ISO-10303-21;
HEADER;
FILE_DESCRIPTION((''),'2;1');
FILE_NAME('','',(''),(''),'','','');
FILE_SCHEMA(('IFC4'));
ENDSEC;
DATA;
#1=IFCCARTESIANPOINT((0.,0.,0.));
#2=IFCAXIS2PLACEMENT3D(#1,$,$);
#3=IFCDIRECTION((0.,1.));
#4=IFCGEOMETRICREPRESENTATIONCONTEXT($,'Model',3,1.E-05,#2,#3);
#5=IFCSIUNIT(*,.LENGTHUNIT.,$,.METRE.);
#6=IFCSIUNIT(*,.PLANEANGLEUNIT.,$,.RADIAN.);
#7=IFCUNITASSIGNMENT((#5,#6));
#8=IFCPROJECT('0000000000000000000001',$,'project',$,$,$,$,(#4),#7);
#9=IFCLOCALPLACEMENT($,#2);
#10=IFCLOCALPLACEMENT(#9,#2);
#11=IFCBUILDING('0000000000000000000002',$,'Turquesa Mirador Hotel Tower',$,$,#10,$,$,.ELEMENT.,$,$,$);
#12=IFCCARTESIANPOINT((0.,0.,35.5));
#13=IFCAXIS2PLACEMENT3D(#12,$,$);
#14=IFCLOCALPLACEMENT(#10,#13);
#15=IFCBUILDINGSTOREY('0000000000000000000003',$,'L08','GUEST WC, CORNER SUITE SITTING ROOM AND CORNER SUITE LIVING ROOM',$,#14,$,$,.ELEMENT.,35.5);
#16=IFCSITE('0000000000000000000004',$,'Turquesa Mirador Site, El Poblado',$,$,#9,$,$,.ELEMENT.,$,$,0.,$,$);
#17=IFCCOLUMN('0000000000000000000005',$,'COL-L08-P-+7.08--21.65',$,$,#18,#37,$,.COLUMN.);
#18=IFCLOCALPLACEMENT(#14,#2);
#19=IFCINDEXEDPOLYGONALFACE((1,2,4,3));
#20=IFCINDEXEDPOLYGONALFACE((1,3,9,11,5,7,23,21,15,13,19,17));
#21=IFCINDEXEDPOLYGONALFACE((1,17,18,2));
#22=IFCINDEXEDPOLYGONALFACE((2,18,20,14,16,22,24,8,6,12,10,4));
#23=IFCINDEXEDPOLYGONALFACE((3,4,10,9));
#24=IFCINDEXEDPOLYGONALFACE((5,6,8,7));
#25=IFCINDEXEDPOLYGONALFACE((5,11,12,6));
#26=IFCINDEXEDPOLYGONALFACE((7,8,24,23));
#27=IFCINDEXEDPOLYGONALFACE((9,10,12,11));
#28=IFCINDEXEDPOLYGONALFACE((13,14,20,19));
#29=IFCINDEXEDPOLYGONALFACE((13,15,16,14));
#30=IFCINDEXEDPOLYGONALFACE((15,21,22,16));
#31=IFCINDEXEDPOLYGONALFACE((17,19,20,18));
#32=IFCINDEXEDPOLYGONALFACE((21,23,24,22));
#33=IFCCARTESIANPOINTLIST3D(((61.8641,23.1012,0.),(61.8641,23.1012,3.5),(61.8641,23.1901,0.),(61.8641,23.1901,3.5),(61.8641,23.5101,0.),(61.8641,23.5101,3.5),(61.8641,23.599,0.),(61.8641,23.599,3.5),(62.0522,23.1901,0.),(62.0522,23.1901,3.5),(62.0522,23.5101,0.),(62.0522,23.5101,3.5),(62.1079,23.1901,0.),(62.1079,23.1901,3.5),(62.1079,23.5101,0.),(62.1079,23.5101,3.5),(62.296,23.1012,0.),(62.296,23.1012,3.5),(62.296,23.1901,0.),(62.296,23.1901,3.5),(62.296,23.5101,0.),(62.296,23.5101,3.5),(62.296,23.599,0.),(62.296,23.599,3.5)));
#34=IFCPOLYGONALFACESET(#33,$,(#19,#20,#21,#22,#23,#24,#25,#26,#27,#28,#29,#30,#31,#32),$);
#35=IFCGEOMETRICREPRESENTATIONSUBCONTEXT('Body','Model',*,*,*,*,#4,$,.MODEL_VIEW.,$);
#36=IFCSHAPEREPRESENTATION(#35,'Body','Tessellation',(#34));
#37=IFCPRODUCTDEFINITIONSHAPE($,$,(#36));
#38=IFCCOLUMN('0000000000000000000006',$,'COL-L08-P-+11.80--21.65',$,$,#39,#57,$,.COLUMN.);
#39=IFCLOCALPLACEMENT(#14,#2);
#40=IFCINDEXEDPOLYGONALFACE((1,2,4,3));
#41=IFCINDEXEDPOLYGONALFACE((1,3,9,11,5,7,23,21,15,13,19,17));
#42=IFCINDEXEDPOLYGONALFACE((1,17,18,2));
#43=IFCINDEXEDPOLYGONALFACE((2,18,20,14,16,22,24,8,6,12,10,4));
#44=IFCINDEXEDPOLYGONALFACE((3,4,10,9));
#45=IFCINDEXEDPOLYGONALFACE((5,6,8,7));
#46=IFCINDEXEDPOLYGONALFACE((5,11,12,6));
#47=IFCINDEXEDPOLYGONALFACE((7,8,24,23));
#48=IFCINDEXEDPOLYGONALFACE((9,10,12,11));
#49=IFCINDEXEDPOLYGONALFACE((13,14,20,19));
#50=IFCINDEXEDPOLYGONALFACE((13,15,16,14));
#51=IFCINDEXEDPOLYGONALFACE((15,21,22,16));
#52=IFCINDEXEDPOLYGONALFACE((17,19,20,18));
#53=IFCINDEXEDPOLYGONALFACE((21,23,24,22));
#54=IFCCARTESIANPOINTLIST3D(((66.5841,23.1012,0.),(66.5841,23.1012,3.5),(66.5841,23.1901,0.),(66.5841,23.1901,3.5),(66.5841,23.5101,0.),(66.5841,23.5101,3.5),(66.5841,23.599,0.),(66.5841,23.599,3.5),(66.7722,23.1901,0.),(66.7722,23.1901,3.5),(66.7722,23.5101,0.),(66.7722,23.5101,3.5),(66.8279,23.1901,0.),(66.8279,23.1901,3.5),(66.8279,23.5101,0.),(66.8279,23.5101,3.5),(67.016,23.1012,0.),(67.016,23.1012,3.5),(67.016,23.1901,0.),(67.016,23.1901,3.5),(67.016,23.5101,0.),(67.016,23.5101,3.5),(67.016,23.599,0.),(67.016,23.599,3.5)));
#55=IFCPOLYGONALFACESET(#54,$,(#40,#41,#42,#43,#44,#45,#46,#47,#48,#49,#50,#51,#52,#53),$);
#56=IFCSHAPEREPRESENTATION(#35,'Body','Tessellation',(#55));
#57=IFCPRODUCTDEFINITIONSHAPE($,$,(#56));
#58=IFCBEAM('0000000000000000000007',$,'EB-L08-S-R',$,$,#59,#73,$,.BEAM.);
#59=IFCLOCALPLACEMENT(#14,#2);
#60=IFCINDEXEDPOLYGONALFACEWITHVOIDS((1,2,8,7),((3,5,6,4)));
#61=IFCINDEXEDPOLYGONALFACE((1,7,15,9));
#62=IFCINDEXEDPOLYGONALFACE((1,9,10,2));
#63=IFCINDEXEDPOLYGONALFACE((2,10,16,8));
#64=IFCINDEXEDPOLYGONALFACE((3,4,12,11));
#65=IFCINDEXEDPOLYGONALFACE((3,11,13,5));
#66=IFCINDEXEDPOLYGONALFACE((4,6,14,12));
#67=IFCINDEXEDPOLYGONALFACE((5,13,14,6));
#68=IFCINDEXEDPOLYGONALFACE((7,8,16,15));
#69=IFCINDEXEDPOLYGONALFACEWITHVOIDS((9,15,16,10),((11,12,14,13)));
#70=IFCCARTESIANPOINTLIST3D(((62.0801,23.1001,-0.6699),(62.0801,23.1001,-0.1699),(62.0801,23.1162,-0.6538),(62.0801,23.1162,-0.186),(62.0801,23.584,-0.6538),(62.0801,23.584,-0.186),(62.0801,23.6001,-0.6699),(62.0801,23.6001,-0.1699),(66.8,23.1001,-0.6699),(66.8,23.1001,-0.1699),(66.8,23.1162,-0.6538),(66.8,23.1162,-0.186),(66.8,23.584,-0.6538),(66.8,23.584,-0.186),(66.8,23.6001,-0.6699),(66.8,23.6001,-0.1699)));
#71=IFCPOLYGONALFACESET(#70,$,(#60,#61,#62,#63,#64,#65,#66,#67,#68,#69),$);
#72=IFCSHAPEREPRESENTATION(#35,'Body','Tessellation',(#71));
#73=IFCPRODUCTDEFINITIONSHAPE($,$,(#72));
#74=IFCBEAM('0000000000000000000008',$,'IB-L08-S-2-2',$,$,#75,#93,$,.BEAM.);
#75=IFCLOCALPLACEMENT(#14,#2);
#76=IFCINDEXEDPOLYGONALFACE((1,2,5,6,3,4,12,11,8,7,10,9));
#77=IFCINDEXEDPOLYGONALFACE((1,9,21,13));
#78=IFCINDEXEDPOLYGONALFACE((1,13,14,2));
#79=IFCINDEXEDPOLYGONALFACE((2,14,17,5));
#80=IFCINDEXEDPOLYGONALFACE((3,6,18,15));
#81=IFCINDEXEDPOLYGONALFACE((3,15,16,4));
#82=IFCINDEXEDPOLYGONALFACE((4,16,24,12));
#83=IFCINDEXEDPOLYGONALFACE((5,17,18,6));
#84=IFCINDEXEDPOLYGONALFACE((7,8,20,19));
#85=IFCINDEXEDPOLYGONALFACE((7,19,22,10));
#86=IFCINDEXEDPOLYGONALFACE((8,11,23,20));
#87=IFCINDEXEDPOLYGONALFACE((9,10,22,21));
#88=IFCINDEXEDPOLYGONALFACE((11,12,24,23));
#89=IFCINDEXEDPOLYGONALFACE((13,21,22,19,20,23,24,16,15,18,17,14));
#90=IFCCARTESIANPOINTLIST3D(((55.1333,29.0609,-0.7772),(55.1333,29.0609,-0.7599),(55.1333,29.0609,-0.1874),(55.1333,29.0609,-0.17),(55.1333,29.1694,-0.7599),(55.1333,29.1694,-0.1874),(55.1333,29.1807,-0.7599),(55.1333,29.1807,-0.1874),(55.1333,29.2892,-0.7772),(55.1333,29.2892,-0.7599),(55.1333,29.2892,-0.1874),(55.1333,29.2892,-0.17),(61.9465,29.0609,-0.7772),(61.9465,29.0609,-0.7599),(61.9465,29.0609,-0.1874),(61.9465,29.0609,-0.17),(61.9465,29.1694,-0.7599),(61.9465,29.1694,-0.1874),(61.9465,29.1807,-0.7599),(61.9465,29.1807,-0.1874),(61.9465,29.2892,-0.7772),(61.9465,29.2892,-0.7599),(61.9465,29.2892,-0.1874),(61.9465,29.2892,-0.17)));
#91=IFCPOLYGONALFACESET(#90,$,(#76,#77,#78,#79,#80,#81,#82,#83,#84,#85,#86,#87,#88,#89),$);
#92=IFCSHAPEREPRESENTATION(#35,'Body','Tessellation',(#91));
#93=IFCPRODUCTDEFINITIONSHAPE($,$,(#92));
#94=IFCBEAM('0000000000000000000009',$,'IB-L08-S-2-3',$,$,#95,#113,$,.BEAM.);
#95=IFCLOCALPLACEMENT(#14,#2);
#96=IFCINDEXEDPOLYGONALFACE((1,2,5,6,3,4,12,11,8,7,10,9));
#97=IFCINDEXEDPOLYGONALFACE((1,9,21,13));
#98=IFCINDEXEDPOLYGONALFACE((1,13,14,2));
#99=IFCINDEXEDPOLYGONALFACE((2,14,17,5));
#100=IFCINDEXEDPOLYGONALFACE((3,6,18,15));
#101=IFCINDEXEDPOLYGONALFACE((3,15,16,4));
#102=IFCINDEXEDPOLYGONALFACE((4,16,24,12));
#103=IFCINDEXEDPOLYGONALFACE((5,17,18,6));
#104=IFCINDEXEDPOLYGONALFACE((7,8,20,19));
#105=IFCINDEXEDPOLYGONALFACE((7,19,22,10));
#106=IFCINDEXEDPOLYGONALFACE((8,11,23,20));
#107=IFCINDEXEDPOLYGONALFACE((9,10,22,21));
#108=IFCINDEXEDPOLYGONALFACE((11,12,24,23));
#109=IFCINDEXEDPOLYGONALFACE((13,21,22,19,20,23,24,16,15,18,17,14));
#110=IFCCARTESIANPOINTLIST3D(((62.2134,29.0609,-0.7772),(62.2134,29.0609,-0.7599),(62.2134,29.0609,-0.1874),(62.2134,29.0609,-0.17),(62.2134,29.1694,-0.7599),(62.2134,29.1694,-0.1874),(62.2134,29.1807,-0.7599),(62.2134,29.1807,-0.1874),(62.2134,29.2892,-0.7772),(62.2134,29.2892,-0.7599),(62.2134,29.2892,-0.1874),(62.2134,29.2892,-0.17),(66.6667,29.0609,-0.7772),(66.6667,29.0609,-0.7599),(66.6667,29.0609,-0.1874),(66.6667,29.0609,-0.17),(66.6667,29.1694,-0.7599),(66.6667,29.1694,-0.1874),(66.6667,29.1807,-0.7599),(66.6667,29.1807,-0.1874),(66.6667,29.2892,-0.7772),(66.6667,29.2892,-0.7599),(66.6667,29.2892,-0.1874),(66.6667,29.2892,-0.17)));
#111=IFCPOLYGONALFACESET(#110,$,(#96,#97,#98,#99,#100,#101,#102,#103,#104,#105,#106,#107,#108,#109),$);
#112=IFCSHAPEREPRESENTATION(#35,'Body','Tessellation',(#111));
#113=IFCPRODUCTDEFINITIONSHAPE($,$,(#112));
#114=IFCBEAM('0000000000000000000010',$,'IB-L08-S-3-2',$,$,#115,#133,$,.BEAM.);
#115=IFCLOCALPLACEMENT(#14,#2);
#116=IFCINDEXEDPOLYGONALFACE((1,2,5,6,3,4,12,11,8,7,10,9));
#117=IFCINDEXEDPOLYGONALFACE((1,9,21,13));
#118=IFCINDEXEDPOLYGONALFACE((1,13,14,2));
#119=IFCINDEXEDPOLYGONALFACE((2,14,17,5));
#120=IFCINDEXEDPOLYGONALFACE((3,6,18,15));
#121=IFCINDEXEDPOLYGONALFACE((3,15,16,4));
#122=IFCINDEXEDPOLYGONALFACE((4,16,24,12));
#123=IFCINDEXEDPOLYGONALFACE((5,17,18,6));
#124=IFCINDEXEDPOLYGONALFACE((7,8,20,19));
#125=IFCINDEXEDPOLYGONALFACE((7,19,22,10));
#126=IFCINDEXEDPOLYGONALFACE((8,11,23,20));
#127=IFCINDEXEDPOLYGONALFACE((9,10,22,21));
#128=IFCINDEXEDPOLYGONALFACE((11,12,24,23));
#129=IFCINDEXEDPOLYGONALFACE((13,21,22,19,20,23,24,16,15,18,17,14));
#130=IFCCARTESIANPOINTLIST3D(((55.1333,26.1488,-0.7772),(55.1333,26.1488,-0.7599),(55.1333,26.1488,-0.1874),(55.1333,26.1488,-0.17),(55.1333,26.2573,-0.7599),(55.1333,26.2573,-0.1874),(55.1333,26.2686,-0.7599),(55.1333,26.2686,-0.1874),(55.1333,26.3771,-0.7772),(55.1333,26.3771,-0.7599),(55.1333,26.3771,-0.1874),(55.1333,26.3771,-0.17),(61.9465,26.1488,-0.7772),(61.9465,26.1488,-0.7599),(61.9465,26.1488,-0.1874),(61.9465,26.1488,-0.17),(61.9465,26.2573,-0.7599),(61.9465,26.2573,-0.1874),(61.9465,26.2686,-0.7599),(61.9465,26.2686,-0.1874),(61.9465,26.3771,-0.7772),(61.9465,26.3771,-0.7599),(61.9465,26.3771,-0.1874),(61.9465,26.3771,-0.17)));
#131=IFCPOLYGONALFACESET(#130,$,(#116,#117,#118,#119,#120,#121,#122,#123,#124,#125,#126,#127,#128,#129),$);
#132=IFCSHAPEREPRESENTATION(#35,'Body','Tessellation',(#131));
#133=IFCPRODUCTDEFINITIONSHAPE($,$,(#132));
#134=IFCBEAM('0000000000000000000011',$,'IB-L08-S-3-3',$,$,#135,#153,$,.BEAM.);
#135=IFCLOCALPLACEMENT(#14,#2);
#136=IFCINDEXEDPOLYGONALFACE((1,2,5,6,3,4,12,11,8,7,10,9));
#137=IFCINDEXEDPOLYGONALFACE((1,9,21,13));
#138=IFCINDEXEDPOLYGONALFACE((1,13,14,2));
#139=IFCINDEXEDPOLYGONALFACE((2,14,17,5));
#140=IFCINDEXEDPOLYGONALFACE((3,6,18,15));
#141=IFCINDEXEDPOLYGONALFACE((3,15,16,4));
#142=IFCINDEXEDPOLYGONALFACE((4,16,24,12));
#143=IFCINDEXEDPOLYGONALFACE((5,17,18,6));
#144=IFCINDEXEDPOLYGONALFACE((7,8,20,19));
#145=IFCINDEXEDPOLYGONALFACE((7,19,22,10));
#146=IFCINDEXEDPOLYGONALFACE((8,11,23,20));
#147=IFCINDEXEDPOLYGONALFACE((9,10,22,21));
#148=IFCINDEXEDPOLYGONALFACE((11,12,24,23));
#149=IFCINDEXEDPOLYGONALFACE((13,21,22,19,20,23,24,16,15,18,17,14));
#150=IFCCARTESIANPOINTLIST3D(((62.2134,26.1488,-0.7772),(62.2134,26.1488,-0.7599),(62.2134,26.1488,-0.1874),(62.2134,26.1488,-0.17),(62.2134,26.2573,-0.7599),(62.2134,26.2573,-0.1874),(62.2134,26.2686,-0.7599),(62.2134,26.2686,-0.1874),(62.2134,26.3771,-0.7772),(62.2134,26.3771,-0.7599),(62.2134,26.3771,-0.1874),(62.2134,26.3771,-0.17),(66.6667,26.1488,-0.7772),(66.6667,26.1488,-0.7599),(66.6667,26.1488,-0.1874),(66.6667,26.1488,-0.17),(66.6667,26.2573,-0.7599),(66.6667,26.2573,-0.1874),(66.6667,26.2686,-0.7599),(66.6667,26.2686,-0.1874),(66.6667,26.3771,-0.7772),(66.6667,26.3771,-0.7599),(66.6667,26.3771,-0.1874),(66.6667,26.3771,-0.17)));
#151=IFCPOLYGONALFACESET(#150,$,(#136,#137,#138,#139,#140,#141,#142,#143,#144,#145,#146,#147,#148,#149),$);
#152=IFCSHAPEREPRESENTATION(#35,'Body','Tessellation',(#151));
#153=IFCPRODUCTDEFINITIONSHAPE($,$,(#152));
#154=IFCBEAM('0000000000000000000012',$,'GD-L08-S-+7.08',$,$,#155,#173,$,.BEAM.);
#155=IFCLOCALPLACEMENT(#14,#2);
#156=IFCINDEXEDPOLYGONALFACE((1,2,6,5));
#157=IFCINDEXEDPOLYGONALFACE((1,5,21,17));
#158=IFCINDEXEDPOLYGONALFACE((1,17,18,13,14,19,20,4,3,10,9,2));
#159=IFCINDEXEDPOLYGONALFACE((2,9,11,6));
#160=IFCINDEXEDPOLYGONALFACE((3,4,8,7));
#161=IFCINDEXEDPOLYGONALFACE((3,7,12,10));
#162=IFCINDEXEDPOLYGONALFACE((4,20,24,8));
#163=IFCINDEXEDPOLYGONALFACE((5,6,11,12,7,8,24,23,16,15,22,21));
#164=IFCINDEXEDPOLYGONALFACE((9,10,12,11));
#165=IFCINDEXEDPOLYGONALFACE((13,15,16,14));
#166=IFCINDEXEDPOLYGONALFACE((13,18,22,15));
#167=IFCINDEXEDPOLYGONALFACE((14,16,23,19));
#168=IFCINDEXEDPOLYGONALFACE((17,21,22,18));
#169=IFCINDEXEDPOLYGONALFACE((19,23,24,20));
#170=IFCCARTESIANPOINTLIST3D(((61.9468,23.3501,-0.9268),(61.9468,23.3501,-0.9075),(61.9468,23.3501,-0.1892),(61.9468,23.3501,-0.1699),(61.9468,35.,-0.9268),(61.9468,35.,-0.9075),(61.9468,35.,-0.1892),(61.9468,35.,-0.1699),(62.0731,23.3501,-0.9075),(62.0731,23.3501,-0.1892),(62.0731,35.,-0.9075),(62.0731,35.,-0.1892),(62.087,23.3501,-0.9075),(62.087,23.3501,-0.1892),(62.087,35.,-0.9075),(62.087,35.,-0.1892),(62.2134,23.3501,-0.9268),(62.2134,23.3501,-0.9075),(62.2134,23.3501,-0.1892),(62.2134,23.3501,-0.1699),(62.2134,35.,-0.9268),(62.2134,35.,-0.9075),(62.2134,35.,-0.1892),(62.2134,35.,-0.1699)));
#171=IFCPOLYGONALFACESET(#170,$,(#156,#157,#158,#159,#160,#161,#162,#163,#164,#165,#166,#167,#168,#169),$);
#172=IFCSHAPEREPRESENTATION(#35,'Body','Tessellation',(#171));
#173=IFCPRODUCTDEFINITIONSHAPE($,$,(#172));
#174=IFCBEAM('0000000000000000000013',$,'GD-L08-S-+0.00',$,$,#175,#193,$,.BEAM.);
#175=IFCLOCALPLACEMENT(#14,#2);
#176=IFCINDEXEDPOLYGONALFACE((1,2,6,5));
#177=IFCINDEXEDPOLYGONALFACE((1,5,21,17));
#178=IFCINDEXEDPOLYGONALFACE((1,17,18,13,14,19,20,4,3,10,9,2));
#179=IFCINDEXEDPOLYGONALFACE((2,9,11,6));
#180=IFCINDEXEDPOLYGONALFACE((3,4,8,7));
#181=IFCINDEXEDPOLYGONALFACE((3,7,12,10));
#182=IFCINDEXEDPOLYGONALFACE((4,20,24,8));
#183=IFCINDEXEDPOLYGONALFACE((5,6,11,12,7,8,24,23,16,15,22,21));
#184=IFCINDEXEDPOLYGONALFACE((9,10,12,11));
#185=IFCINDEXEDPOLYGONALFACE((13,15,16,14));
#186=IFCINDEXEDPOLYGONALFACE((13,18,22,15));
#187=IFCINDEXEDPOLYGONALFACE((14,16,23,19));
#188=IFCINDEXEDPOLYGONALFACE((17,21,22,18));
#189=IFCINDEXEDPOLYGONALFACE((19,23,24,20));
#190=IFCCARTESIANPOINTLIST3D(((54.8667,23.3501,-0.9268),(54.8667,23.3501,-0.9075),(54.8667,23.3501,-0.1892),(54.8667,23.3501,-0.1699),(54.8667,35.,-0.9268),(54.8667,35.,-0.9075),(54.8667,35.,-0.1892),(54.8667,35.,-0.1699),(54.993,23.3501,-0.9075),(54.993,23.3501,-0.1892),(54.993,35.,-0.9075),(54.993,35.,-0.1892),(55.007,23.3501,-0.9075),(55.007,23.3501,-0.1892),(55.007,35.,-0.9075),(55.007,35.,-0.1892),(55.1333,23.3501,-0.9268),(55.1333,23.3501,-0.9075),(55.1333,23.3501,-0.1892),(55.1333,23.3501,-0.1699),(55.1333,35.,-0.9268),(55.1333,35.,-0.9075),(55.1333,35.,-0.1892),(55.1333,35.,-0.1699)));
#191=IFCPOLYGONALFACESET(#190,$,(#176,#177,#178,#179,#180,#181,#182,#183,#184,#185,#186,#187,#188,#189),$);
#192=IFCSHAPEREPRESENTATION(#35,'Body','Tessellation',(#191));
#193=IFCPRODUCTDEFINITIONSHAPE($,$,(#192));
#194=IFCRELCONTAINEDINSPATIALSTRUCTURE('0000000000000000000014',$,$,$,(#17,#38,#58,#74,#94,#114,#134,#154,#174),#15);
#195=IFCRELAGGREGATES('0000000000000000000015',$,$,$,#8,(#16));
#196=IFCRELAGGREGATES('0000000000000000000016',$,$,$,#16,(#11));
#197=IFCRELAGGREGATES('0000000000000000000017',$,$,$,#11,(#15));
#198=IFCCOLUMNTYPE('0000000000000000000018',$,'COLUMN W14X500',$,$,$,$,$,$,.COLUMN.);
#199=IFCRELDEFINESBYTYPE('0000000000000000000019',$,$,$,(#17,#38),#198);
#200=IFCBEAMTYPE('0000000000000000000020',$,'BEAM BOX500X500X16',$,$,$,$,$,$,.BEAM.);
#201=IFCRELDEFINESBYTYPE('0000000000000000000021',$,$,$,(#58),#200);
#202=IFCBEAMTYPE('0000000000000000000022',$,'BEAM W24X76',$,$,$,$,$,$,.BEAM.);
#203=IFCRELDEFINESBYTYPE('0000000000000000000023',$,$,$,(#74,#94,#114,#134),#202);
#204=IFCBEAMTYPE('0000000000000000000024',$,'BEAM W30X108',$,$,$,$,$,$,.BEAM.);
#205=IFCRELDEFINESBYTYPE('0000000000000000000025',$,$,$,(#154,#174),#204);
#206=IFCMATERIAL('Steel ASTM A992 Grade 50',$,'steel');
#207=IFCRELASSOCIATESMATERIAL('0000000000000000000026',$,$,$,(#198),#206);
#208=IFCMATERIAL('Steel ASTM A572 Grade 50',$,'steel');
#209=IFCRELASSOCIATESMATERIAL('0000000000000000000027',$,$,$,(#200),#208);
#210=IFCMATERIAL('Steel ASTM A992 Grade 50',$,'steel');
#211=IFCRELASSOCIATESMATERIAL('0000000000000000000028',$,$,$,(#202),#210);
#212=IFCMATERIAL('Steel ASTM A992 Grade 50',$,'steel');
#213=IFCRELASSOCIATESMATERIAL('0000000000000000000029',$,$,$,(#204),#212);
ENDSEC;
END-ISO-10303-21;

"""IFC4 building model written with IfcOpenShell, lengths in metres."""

from ifc_helpers import new_model, si_unit, direction, frame, origin, origin_2d, place, context, subcontext, project, spatial, hollow_rectangle, i_section, extrude, material, material_profile, profile_set, type_object, element, save


model = new_model("IFC4")

# Units and contexts
model_context = context("Model", 3, precision=1e-05, world=origin(), true_north=direction((0.0, 1.0)))
body_context = subcontext(model_context, "Body", "Model", "MODEL_VIEW")
ifc_project = project(units=[si_unit("LENGTHUNIT", "METRE"), si_unit("PLANEANGLEUNIT", "RADIAN")], contexts=[model_context])

# Site, building, storey
site_placement = place(None, origin())
site = spatial("IfcSite", under=ifc_project, at=site_placement, Name="Turquesa Mirador Site, El Poblado", CompositionType="ELEMENT", RefElevation=0.0)
building_placement = place(site_placement, origin())
building = spatial("IfcBuilding", under=site, at=building_placement, Name="Turquesa Mirador Hotel Tower", CompositionType="ELEMENT")
storey_placement = place(building_placement, frame((0.0, 0.0, 35.5)))
storey = spatial("IfcBuildingStorey", under=building, at=storey_placement, Name="L08", Description="GUEST WC, CORNER SUITE SITTING ROOM AND CORNER SUITE LIVING ROOM", CompositionType="ELEMENT", Elevation=35.5)

# Columns
ifc_material_1 = material(Name="Steel ASTM A992 Grade 50", Category="steel")
ifc_material_profile_1 = material_profile(ifc_material_1, i_section(OverallWidth=0.4319, OverallDepth=0.4978, WebThickness=0.0557, FlangeThickness=0.0889, at=origin_2d()), Name="W14X500")
ifc_profile_set_1 = profile_set([ifc_material_profile_1], Name="Steel ASTM A992 Grade 50")
column_type = type_object("IfcColumnType", Name="COLUMN W14X500", PredefinedType="COLUMN", material=ifc_profile_set_1)
for number, where, z_axis, x_axis, name in (
    (1, (62.0801, 23.3501, 0.0), (0.0, 0.0, 1.0), (1.0, 0.0, 0.0), "COL-L08-P-+7.08--21.65"),
    (2, (66.8, 23.3501, 0.0), (0.0, 0.0, 1.0), (1.0, 0.0, 0.0), "COL-L08-P-+11.80--21.65"),
):
    element("IfcColumn", number, at=place(storey_placement, frame(where, z_axis=z_axis, x_axis=x_axis)), inside=storey, type_object=column_type, Name=name, PredefinedType="COLUMN", context=body_context, shape_type="SweptSolid", body=[
        extrude(i_section(OverallWidth=0.4319, OverallDepth=0.4978, WebThickness=0.0557, FlangeThickness=0.0889, at=origin_2d()), origin(), (0.0, 0.0, 1.0), 3.5),
    ])

# Beams
ifc_material_2 = material(Name="Steel ASTM A572 Grade 50", Category="steel")
ifc_material_profile_2 = material_profile(ifc_material_2, hollow_rectangle(XDim=0.5, YDim=0.5, WallThickness=0.0161, at=origin_2d()), Name="BOX500X500X16")
ifc_profile_set_2 = profile_set([ifc_material_profile_2], Name="Steel ASTM A572 Grade 50")
beam_type_1 = type_object("IfcBeamType", Name="BEAM BOX500X500X16", PredefinedType="BEAM", material=ifc_profile_set_2)
beam_1_placement = place(storey_placement, frame((62.0801, 23.3501, -0.4199), z_axis=(1.0, 0.0, 0.0), x_axis=(0.0, 1.0, 0.0)))
element("IfcBeam", 3, at=beam_1_placement, inside=storey, type_object=beam_type_1, Name="EB-L08-S-R", PredefinedType="BEAM", context=body_context, shape_type="SweptSolid", body=[
    extrude(hollow_rectangle(XDim=0.5, YDim=0.5, WallThickness=0.0161, at=origin_2d()), origin(), (0.0, 0.0, 1.0), 4.72),
])
ifc_material_3 = material(Name="Steel ASTM A992 Grade 50", Category="steel")
ifc_material_profile_3 = material_profile(ifc_material_3, i_section(OverallWidth=0.2283, OverallDepth=0.6072, WebThickness=0.0112, FlangeThickness=0.0173, at=origin_2d()), Name="W24X76")
ifc_profile_set_3 = profile_set([ifc_material_profile_3], Name="Steel ASTM A992 Grade 50")
beam_type_2 = type_object("IfcBeamType", Name="BEAM W24X76", PredefinedType="BEAM", material=ifc_profile_set_3)
beam_2_placement = place(storey_placement, frame((55.1333, 29.175, -0.4736), z_axis=(1.0, 0.0, 0.0), x_axis=(0.0, 1.0, 0.0)))
element("IfcBeam", 4, at=beam_2_placement, inside=storey, type_object=beam_type_2, Name="IB-L08-S-2-2", PredefinedType="BEAM", context=body_context, shape_type="SweptSolid", body=[
    extrude(i_section(OverallWidth=0.2283, OverallDepth=0.6072, WebThickness=0.0112, FlangeThickness=0.0173, at=origin_2d()), origin(), (0.0, 0.0, 1.0), 6.8132),
])
beam_3_placement = place(storey_placement, frame((62.2134, 29.175, -0.4736), z_axis=(1.0, 0.0, 0.0), x_axis=(0.0, 1.0, 0.0)))
element("IfcBeam", 5, at=beam_3_placement, inside=storey, type_object=beam_type_2, Name="IB-L08-S-2-3", PredefinedType="BEAM", context=body_context, shape_type="SweptSolid", body=[
    extrude(i_section(OverallWidth=0.2283, OverallDepth=0.6072, WebThickness=0.0112, FlangeThickness=0.0173, at=origin_2d()), origin(), (0.0, 0.0, 1.0), 4.4534),
])
beam_4_placement = place(storey_placement, frame((55.1333, 26.2629, -0.4736), z_axis=(1.0, 0.0, 0.0), x_axis=(0.0, 1.0, 0.0)))
element("IfcBeam", 6, at=beam_4_placement, inside=storey, type_object=beam_type_2, Name="IB-L08-S-3-2", PredefinedType="BEAM", context=body_context, shape_type="SweptSolid", body=[
    extrude(i_section(OverallWidth=0.2283, OverallDepth=0.6072, WebThickness=0.0112, FlangeThickness=0.0173, at=origin_2d()), origin(), (0.0, 0.0, 1.0), 6.8132),
])
beam_5_placement = place(storey_placement, frame((62.2134, 26.2629, -0.4736), z_axis=(1.0, 0.0, 0.0), x_axis=(0.0, 1.0, 0.0)))
element("IfcBeam", 7, at=beam_5_placement, inside=storey, type_object=beam_type_2, Name="IB-L08-S-3-3", PredefinedType="BEAM", context=body_context, shape_type="SweptSolid", body=[
    extrude(i_section(OverallWidth=0.2283, OverallDepth=0.6072, WebThickness=0.0112, FlangeThickness=0.0173, at=origin_2d()), origin(), (0.0, 0.0, 1.0), 4.4534),
])
ifc_material_4 = material(Name="Steel ASTM A992 Grade 50", Category="steel")
ifc_material_profile_4 = material_profile(ifc_material_4, i_section(OverallWidth=0.2666, OverallDepth=0.7568, WebThickness=0.0139, FlangeThickness=0.0193, at=origin_2d()), Name="W30X108")
ifc_profile_set_4 = profile_set([ifc_material_profile_4], Name="Steel ASTM A992 Grade 50")
beam_type_3 = type_object("IfcBeamType", Name="BEAM W30X108", PredefinedType="BEAM", material=ifc_profile_set_4)
for number, where, z_axis, x_axis, name in (
    (8, (62.0801, 23.3501, -0.5483), (0.0, 1.0, 0.0), (-1.0, 0.0, 0.0), "GD-L08-S-+7.08"),
    (9, (55.0, 23.3501, -0.5483), (0.0, 1.0, 0.0), (-1.0, 0.0, 0.0), "GD-L08-S-+0.00"),
):
    element("IfcBeam", number, at=place(storey_placement, frame(where, z_axis=z_axis, x_axis=x_axis)), inside=storey, type_object=beam_type_3, Name=name, PredefinedType="BEAM", context=body_context, shape_type="SweptSolid", body=[
        extrude(i_section(OverallWidth=0.2666, OverallDepth=0.7568, WebThickness=0.0139, FlangeThickness=0.0193, at=origin_2d()), origin(), (0.0, 0.0, 1.0), 11.6499),
    ])

save(model, "model.ifc")
